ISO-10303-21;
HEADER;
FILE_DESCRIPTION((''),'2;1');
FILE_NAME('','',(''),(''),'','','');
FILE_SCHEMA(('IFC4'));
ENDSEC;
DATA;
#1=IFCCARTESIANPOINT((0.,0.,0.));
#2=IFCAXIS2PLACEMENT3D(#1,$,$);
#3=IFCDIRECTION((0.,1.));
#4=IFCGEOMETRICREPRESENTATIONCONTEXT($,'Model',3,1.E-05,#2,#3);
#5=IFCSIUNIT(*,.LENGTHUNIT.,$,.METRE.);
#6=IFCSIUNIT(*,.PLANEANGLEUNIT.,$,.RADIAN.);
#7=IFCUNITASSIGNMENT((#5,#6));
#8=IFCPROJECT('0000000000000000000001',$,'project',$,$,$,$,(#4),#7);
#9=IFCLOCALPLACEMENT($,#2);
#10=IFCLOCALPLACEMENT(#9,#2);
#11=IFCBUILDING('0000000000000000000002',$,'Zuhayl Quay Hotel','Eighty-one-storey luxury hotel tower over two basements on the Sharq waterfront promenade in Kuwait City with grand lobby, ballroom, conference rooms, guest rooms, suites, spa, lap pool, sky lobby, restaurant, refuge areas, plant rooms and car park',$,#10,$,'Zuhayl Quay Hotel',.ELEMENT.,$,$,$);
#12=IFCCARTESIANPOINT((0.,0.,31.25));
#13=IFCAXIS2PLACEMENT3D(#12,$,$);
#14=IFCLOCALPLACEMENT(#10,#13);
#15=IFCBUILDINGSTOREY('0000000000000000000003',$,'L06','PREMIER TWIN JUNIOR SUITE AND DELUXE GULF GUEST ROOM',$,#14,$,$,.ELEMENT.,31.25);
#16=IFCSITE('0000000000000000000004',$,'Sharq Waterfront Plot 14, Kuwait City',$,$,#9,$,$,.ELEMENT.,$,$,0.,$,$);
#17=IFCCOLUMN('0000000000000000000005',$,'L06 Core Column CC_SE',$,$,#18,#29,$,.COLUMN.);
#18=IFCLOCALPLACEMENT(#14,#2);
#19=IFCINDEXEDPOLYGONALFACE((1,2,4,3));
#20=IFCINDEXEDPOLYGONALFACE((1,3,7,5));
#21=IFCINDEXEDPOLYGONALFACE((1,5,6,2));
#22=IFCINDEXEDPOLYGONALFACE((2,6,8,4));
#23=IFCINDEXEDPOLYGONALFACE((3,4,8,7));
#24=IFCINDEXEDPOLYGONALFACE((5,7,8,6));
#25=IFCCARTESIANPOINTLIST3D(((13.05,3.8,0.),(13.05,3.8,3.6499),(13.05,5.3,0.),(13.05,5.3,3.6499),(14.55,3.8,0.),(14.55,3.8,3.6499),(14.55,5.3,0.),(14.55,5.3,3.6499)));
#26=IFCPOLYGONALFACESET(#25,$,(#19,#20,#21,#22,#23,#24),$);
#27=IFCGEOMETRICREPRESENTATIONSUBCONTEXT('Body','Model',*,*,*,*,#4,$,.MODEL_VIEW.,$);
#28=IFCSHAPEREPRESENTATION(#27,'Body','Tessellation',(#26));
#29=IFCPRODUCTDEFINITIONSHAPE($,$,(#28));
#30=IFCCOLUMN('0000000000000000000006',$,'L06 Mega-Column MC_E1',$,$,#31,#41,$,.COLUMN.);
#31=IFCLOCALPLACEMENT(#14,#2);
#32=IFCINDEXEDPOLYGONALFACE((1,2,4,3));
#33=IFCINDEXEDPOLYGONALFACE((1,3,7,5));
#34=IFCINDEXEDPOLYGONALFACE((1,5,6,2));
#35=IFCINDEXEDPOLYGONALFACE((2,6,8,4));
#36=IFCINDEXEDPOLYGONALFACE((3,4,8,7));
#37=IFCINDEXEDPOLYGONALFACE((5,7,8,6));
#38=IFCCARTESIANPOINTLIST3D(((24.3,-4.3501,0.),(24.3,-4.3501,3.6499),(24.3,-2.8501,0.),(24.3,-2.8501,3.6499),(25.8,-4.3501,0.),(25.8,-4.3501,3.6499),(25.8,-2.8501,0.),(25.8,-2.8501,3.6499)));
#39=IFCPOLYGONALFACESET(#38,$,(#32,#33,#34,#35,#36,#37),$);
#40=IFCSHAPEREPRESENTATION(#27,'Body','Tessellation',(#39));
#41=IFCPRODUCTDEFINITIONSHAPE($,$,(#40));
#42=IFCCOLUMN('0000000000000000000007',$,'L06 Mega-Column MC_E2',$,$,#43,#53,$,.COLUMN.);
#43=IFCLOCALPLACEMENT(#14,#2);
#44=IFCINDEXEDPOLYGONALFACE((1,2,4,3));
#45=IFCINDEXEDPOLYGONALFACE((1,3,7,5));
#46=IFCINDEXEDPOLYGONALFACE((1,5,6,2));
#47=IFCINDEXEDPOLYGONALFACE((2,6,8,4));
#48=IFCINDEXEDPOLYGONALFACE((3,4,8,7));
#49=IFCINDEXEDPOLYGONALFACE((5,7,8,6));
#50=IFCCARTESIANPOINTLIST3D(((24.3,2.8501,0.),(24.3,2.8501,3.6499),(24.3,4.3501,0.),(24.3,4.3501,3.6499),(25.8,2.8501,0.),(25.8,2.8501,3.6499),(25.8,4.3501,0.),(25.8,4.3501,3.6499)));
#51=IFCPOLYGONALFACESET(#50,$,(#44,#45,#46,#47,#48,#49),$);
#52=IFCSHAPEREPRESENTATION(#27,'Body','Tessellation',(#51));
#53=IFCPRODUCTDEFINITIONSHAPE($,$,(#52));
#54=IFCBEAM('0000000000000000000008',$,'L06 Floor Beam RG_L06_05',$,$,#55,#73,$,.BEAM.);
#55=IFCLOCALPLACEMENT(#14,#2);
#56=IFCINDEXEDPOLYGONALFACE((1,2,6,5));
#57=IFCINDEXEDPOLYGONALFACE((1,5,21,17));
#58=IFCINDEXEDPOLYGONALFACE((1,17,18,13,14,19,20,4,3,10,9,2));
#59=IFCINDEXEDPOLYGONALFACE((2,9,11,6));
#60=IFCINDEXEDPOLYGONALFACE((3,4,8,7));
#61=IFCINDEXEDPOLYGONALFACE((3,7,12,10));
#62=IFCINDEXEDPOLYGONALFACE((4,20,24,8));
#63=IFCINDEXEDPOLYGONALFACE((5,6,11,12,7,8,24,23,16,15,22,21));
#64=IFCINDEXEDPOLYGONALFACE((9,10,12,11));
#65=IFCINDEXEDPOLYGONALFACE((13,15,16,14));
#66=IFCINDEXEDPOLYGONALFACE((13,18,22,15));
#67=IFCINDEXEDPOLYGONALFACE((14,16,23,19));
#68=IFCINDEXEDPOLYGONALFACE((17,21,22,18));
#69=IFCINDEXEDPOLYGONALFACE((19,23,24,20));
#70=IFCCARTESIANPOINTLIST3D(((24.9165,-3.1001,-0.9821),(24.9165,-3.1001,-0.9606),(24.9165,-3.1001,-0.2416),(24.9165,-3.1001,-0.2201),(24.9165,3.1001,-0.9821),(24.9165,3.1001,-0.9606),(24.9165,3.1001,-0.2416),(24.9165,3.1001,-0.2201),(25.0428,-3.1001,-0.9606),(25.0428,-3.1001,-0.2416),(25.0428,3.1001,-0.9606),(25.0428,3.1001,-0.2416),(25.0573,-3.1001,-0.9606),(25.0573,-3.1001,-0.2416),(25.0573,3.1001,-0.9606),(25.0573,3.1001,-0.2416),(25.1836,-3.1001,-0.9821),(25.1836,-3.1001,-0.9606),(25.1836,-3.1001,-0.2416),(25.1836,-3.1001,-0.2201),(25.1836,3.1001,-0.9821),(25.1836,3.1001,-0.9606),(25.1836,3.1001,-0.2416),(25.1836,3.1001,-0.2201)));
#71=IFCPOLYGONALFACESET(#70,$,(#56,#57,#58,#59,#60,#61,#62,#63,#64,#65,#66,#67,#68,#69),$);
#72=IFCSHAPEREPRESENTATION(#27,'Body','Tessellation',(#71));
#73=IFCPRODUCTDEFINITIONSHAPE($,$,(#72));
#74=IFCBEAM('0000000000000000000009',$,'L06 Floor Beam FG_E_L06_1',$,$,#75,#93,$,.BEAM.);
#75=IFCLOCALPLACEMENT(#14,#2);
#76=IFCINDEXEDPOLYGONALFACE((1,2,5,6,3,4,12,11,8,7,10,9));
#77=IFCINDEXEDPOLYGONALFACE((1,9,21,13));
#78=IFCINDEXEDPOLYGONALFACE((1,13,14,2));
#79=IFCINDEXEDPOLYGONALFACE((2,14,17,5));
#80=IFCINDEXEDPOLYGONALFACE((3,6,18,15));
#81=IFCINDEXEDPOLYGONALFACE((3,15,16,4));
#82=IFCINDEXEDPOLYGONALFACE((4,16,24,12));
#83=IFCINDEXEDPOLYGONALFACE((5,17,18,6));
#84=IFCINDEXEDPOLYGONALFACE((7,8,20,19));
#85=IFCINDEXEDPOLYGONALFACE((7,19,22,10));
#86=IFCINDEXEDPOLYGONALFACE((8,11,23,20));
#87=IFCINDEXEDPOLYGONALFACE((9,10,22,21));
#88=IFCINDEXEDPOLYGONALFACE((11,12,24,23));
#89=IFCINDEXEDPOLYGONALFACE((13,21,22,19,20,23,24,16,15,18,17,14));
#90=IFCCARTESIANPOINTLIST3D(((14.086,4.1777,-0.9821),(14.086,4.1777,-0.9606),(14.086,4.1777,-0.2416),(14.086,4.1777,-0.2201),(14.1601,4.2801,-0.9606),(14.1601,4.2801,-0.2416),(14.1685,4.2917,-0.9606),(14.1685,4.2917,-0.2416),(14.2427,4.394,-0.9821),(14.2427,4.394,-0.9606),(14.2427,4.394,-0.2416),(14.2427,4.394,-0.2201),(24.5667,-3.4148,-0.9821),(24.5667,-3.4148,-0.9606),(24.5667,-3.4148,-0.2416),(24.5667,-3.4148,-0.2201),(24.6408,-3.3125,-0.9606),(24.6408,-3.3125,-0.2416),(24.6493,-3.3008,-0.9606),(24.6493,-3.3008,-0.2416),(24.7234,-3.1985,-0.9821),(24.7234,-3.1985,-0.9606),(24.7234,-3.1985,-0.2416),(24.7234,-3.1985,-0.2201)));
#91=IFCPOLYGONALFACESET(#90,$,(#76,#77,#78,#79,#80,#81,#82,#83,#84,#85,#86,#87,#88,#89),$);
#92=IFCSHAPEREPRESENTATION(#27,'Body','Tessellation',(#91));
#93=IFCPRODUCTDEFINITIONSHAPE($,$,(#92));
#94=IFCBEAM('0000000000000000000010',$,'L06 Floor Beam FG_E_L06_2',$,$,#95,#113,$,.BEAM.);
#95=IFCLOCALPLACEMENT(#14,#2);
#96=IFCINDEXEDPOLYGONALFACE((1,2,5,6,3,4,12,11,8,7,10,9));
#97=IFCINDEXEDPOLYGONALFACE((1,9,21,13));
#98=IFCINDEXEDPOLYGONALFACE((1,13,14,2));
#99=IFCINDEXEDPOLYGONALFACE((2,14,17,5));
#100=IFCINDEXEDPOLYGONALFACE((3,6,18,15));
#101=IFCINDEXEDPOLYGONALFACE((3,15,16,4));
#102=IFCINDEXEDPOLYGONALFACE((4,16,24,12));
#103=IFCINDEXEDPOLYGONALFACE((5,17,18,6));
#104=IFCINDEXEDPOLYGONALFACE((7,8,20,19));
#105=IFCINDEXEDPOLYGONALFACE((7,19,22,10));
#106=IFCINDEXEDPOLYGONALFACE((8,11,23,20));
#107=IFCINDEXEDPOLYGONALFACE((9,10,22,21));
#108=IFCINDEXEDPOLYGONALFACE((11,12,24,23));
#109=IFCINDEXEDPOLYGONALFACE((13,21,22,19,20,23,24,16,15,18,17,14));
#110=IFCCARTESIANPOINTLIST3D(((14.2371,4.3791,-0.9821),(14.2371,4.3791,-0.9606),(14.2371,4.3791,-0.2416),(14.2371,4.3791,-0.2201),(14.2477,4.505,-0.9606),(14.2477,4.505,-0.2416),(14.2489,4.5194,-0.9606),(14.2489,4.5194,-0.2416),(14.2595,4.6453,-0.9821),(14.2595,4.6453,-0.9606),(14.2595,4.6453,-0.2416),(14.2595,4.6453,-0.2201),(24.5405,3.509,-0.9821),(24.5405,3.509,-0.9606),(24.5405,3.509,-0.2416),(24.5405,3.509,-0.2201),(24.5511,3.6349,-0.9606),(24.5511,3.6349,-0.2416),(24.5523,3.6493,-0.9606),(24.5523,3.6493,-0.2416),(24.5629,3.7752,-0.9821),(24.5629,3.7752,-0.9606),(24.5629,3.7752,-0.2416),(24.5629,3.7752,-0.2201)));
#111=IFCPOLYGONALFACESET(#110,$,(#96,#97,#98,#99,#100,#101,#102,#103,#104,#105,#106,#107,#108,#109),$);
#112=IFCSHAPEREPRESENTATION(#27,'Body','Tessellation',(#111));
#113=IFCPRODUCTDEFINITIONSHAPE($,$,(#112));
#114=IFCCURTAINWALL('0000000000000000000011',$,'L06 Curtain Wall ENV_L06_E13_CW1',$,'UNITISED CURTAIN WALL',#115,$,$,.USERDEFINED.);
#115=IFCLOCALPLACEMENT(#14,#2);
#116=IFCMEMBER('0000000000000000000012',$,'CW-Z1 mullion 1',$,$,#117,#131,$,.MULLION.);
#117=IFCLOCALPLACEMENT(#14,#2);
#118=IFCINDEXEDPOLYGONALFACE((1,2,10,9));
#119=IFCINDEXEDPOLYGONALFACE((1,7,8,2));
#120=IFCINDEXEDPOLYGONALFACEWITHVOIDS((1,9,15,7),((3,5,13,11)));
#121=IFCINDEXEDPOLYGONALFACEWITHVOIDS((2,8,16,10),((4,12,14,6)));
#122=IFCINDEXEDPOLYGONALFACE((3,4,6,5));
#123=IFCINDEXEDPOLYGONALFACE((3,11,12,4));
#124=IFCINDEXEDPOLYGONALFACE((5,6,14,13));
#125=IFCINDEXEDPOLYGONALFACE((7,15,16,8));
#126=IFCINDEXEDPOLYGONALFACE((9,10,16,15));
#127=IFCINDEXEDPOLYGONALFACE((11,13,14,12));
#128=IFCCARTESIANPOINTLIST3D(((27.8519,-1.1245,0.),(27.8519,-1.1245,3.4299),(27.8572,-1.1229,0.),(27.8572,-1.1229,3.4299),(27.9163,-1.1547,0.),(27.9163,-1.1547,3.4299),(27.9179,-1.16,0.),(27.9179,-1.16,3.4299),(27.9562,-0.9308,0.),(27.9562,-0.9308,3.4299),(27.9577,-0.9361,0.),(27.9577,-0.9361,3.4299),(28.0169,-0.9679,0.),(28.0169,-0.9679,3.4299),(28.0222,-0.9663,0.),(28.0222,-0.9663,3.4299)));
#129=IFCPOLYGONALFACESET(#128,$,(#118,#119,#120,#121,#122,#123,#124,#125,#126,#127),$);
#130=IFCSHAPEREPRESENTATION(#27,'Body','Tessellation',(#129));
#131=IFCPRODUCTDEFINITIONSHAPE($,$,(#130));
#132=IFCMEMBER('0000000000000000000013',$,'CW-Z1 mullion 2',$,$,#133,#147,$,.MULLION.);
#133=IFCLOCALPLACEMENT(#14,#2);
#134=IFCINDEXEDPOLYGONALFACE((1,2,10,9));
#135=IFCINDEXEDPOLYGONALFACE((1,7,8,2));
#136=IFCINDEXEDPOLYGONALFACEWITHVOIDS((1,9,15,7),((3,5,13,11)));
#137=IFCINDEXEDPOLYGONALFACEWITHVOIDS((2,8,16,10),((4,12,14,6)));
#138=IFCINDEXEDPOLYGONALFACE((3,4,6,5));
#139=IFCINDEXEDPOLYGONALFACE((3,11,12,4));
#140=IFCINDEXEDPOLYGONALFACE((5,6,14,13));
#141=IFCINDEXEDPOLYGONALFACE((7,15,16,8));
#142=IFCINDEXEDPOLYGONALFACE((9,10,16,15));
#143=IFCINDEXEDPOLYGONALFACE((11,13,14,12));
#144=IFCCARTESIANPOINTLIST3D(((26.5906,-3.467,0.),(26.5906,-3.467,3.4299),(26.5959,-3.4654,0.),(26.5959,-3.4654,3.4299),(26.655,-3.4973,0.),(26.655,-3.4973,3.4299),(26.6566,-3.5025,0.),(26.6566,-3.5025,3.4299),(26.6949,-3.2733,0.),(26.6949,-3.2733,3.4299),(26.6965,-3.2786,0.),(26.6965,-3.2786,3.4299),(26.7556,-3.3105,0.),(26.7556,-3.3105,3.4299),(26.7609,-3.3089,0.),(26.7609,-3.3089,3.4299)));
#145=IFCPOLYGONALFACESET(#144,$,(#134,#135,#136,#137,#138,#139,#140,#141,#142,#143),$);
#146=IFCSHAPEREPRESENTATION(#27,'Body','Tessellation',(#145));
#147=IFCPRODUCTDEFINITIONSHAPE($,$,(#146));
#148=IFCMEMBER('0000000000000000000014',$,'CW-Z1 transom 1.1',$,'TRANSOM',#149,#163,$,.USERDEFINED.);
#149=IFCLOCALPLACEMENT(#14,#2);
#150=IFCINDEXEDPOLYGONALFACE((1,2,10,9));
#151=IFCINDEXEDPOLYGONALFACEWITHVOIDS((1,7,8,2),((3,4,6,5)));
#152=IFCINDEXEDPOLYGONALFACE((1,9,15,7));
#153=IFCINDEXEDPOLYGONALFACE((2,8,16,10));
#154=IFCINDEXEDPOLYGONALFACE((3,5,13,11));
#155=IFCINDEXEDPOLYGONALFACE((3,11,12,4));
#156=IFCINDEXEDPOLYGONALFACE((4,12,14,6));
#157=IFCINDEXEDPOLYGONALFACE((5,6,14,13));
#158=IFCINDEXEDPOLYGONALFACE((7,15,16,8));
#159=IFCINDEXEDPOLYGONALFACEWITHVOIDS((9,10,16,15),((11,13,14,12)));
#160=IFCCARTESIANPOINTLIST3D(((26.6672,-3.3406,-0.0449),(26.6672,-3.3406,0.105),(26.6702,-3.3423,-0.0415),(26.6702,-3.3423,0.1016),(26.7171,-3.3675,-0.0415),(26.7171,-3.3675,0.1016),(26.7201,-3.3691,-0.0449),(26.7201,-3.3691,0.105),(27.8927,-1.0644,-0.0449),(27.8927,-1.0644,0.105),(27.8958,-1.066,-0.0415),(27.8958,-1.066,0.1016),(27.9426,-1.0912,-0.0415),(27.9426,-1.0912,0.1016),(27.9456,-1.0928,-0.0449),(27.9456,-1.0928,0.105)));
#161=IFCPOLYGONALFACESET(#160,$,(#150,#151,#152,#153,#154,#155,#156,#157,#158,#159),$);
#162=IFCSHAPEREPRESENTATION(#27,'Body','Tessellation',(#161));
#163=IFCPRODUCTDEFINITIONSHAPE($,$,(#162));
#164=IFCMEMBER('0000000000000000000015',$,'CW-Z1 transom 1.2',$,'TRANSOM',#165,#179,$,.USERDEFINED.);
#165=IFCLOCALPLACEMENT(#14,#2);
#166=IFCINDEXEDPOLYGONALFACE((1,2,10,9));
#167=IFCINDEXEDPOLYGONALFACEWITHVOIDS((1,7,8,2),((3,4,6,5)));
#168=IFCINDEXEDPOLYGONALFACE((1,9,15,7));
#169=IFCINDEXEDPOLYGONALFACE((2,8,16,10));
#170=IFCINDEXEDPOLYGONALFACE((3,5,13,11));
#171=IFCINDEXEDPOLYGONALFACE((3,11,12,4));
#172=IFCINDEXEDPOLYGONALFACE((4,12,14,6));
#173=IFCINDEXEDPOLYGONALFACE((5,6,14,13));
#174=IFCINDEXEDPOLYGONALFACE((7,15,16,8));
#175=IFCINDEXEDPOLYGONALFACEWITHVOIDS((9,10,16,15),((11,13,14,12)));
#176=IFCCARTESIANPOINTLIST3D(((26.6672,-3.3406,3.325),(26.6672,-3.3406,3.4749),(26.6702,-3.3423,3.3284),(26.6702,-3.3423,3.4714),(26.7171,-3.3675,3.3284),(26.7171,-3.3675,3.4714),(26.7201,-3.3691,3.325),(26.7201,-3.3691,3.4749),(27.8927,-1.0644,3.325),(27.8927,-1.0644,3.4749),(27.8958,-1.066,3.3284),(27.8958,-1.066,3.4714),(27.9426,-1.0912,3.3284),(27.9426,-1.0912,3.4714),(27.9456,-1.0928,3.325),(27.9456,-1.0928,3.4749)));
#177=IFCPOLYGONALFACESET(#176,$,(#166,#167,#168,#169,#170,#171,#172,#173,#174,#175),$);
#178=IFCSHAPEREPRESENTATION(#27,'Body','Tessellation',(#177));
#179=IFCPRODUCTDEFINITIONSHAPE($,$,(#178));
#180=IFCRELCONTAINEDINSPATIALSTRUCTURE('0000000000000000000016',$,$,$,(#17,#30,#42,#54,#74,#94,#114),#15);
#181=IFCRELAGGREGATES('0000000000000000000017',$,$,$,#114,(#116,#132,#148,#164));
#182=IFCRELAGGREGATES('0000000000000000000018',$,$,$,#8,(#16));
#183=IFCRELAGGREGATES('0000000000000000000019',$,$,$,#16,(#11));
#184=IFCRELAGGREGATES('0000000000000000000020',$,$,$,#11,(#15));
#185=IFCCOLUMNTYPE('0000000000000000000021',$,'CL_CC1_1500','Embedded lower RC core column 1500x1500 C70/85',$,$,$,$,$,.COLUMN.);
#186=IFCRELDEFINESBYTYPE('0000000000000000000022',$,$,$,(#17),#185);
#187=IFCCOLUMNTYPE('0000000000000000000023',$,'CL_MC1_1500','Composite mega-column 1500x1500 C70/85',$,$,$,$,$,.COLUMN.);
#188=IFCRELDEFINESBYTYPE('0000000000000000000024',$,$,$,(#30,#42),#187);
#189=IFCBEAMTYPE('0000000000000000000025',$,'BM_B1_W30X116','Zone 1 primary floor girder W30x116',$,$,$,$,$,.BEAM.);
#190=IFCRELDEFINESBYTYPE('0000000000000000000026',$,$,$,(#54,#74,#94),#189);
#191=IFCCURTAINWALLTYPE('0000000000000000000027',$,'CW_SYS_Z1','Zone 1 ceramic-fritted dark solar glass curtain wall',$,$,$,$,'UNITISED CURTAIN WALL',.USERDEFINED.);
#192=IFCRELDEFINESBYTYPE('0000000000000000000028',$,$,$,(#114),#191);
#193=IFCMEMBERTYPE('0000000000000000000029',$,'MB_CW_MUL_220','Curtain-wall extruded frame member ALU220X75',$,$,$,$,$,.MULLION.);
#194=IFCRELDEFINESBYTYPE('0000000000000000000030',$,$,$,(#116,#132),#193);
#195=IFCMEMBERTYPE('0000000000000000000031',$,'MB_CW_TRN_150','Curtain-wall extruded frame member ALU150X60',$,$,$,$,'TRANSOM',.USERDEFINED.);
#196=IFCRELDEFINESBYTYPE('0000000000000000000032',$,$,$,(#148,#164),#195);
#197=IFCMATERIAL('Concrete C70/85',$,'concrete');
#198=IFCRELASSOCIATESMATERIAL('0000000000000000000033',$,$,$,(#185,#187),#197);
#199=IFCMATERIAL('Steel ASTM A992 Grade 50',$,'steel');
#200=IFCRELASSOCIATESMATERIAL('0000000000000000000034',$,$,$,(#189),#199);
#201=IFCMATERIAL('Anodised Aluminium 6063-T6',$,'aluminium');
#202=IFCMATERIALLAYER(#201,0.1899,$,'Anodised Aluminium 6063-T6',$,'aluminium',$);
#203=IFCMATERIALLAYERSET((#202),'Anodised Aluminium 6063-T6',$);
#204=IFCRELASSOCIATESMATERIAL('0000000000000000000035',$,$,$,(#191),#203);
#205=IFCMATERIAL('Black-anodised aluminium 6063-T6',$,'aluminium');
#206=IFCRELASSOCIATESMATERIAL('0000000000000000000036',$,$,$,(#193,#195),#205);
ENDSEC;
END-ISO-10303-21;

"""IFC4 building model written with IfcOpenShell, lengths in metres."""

from ifc_helpers import new_model, si_unit, direction, frame, origin, origin_2d, place, context, subcontext, project, spatial, rectangle, hollow_rectangle, i_section, extrude, material, layer, layer_set, material_profile, profile_set, type_object, element, aggregate, save


model = new_model("IFC4")

# Units and contexts
model_context = context("Model", 3, precision=1e-05, world=origin(), true_north=direction((0.0, 1.0)))
body_context = subcontext(model_context, "Body", "Model", "MODEL_VIEW")
ifc_project = project(units=[si_unit("LENGTHUNIT", "METRE"), si_unit("PLANEANGLEUNIT", "RADIAN")], contexts=[model_context])

# Site, building, storey
site_placement = place(None, origin())
site = spatial("IfcSite", under=ifc_project, at=site_placement, Name="Sharq Waterfront Plot 14, Kuwait City", CompositionType="ELEMENT", RefElevation=0.0)
building_placement = place(site_placement, origin())
building = spatial("IfcBuilding", under=site, at=building_placement, Name="Zuhayl Quay Hotel", Description="Eighty-one-storey luxury hotel tower over two basements on the Sharq waterfront promenade in Kuwait City with grand lobby, ballroom, conference rooms, guest rooms, suites, spa, lap pool, sky lobby, restaurant, refuge areas, plant rooms and car park", LongName="Zuhayl Quay Hotel", CompositionType="ELEMENT")
storey_placement = place(building_placement, frame((0.0, 0.0, 31.25)))
storey = spatial("IfcBuildingStorey", under=building, at=storey_placement, Name="L06", Description="PREMIER TWIN JUNIOR SUITE AND DELUXE GULF GUEST ROOM", CompositionType="ELEMENT", Elevation=31.25)

# Columns
ifc_material_1 = material(Name="Concrete C70/85", Category="concrete")
ifc_material_profile_1 = material_profile(ifc_material_1, rectangle(XDim=1.5, YDim=1.5, at=origin_2d()), Name="RC1500X1500")
ifc_profile_set_1 = profile_set([ifc_material_profile_1], Name="Concrete C70/85")
column_type_1 = type_object("IfcColumnType", Name="CL_CC1_1500", Description="Embedded lower RC core column 1500x1500 C70/85", PredefinedType="COLUMN", material=ifc_profile_set_1)
column_placement = place(storey_placement, frame((13.8, 4.55, 0.0), z_axis=(0.0, 0.0, 1.0), x_axis=(1.0, 0.0, 0.0)))
element("IfcColumn", 1, at=column_placement, inside=storey, type_object=column_type_1, Name="L06 Core Column CC_SE", PredefinedType="COLUMN", context=body_context, shape_type="SweptSolid", body=[
    extrude(rectangle(XDim=1.5, YDim=1.5, at=origin_2d()), origin(), (0.0, 0.0, 1.0), 3.6499),
])
ifc_material_profile_2 = material_profile(ifc_material_1, rectangle(XDim=1.5, YDim=1.5, at=origin_2d()), Name="RC1500X1500")
ifc_profile_set_2 = profile_set([ifc_material_profile_2], Name="Concrete C70/85")
column_type_2 = type_object("IfcColumnType", Name="CL_MC1_1500", Description="Composite mega-column 1500x1500 C70/85", PredefinedType="COLUMN", material=ifc_profile_set_2)
for number, where, z_axis, x_axis, name in (
    (2, (25.05, -3.6001, 0.0), (0.0, 0.0, 1.0), (1.0, 0.0, 0.0), "L06 Mega-Column MC_E1"),
    (3, (25.05, 3.6001, 0.0), (0.0, 0.0, 1.0), (1.0, 0.0, 0.0), "L06 Mega-Column MC_E2"),
):
    element("IfcColumn", number, at=place(storey_placement, frame(where, z_axis=z_axis, x_axis=x_axis)), inside=storey, type_object=column_type_2, Name=name, PredefinedType="COLUMN", context=body_context, shape_type="SweptSolid", body=[
        extrude(rectangle(XDim=1.5, YDim=1.5, at=origin_2d()), origin(), (0.0, 0.0, 1.0), 3.6499),
    ])

# Beams
ifc_material_2 = material(Name="Steel ASTM A992 Grade 50", Category="steel")
ifc_material_profile_3 = material_profile(ifc_material_2, i_section(OverallWidth=0.2671, OverallDepth=0.762, WebThickness=0.0144, FlangeThickness=0.0215, at=origin_2d()), Name="W30X116")
ifc_profile_set_3 = profile_set([ifc_material_profile_3], Name="Steel ASTM A992 Grade 50")
beam_type = type_object("IfcBeamType", Name="BM_B1_W30X116", Description="Zone 1 primary floor girder W30x116", PredefinedType="BEAM", material=ifc_profile_set_3)
beam_1_placement = place(storey_placement, frame((25.05, -3.1001, -0.6011), z_axis=(0.0, 1.0, 0.0), x_axis=(-1.0, 0.0, 0.0)))
element("IfcBeam", 4, at=beam_1_placement, inside=storey, type_object=beam_type, Name="L06 Floor Beam RG_L06_05", PredefinedType="BEAM", context=body_context, shape_type="SweptSolid", body=[
    extrude(i_section(OverallWidth=0.2671, OverallDepth=0.762, WebThickness=0.0144, FlangeThickness=0.0215, at=origin_2d()), origin(), (0.0, 0.0, 1.0), 6.2002),
])
beam_2_placement = place(storey_placement, frame((14.1643, 4.2859, -0.6011), z_axis=(0.80983, -0.586664, 0.0), x_axis=(0.586664, 0.80983, 0.0)))
element("IfcBeam", 5, at=beam_2_placement, inside=storey, type_object=beam_type, Name="L06 Floor Beam FG_E_L06_1", PredefinedType="BEAM", context=body_context, shape_type="SweptSolid", body=[
    extrude(i_section(OverallWidth=0.2671, OverallDepth=0.762, WebThickness=0.0144, FlangeThickness=0.0215, at=origin_2d()), origin(), (0.0, 0.0, 1.0), 12.9419),
])
beam_3_placement = place(storey_placement, frame((14.2483, 4.5122, -0.6011), z_axis=(0.996453, -0.084149, 0.0), x_axis=(0.084149, 0.996453, 0.0)))
element("IfcBeam", 6, at=beam_3_placement, inside=storey, type_object=beam_type, Name="L06 Floor Beam FG_E_L06_2", PredefinedType="BEAM", context=body_context, shape_type="SweptSolid", body=[
    extrude(i_section(OverallWidth=0.2671, OverallDepth=0.762, WebThickness=0.0144, FlangeThickness=0.0215, at=origin_2d()), origin(), (0.0, 0.0, 1.0), 10.3401),
])

# Curtain wall, members
ifc_material_3 = material(Name="Anodised Aluminium 6063-T6", Category="aluminium")
ifc_layer_1 = layer(ifc_material_3, 0.1899, Name="Anodised Aluminium 6063-T6", Category="aluminium")
ifc_layer_set_1 = layer_set([ifc_layer_1], Name="Anodised Aluminium 6063-T6")
curtain_wall_type = type_object("IfcCurtainWallType", Name="CW_SYS_Z1", Description="Zone 1 ceramic-fritted dark solar glass curtain wall", ElementType="UNITISED CURTAIN WALL", PredefinedType="USERDEFINED", material=ifc_layer_set_1)
curtain_wall_placement = place(storey_placement, origin())
curtain_wall = element("IfcCurtainWall", 7, at=curtain_wall_placement, inside=storey, type_object=curtain_wall_type, Name="L06 Curtain Wall ENV_L06_E13_CW1", ObjectType="UNITISED CURTAIN WALL", PredefinedType="USERDEFINED")
ifc_material_4 = material(Name="Black-anodised aluminium 6063-T6", Category="aluminium")
ifc_material_profile_4 = material_profile(ifc_material_4, hollow_rectangle(XDim=0.075, YDim=0.22, WallThickness=0.0039, at=origin_2d()), Name="ALU220X75")
ifc_profile_set_4 = profile_set([ifc_material_profile_4], Name="Black-anodised aluminium 6063-T6")
member_type_1 = type_object("IfcMemberType", Name="MB_CW_MUL_220", Description="Curtain-wall extruded frame member ALU220X75", PredefinedType="MULLION", material=ifc_profile_set_4)
member_1_placement = place(storey_placement, frame((27.937, -1.0454, 0.0), z_axis=(0.0, 0.0, 1.0), x_axis=(0.880476, -0.474091, 0.0)))
member_1 = element("IfcMember", 8, at=member_1_placement, type_object=member_type_1, Name="CW-Z1 mullion 1", PredefinedType="MULLION", context=body_context, shape_type="SweptSolid", body=[
    extrude(hollow_rectangle(XDim=0.075, YDim=0.22, WallThickness=0.0039, at=origin_2d()), origin(), (0.0, 0.0, 1.0), 3.4299),
])
member_2_placement = place(storey_placement, frame((26.6758, -3.3879, 0.0), z_axis=(0.0, 0.0, 1.0), x_axis=(0.880476, -0.474091, 0.0)))
member_2 = element("IfcMember", 9, at=member_2_placement, type_object=member_type_1, Name="CW-Z1 mullion 2", PredefinedType="MULLION", context=body_context, shape_type="SweptSolid", body=[
    extrude(hollow_rectangle(XDim=0.075, YDim=0.22, WallThickness=0.0039, at=origin_2d()), origin(), (0.0, 0.0, 1.0), 3.4299),
])
ifc_material_profile_5 = material_profile(ifc_material_4, hollow_rectangle(XDim=0.0601, YDim=0.1499, WallThickness=0.0034, at=origin_2d()), Name="ALU150X60")
ifc_profile_set_5 = profile_set([ifc_material_profile_5], Name="Black-anodised aluminium 6063-T6")
member_type_2 = type_object("IfcMemberType", Name="MB_CW_TRN_150", Description="Curtain-wall extruded frame member ALU150X60", ElementType="TRANSOM", PredefinedType="USERDEFINED", material=ifc_profile_set_5)
member_3_placement = place(storey_placement, frame((27.9192, -1.0786, 0.03), z_axis=(-0.474055, -0.880495, 0.0), x_axis=(0.880495, -0.474055, 0.0)))
member_3 = element("IfcMember", 10, at=member_3_placement, type_object=member_type_2, Name="CW-Z1 transom 1.1", ObjectType="TRANSOM", PredefinedType="USERDEFINED", context=body_context, shape_type="SweptSolid", body=[
    extrude(hollow_rectangle(XDim=0.0601, YDim=0.1499, WallThickness=0.0034, at=origin_2d()), origin(), (0.0, 0.0, 1.0), 2.5852),
])
member_4_placement = place(storey_placement, frame((27.9192, -1.0786, 3.3999), z_axis=(-0.474055, -0.880495, 0.0), x_axis=(0.880495, -0.474055, 0.0)))
member_4 = element("IfcMember", 11, at=member_4_placement, type_object=member_type_2, Name="CW-Z1 transom 1.2", ObjectType="TRANSOM", PredefinedType="USERDEFINED", context=body_context, shape_type="SweptSolid", body=[
    extrude(hollow_rectangle(XDim=0.0601, YDim=0.1499, WallThickness=0.0034, at=origin_2d()), origin(), (0.0, 0.0, 1.0), 2.5852),
])
aggregate(curtain_wall, [member_1, member_2, member_3, member_4])

save(model, "model.ifc")
